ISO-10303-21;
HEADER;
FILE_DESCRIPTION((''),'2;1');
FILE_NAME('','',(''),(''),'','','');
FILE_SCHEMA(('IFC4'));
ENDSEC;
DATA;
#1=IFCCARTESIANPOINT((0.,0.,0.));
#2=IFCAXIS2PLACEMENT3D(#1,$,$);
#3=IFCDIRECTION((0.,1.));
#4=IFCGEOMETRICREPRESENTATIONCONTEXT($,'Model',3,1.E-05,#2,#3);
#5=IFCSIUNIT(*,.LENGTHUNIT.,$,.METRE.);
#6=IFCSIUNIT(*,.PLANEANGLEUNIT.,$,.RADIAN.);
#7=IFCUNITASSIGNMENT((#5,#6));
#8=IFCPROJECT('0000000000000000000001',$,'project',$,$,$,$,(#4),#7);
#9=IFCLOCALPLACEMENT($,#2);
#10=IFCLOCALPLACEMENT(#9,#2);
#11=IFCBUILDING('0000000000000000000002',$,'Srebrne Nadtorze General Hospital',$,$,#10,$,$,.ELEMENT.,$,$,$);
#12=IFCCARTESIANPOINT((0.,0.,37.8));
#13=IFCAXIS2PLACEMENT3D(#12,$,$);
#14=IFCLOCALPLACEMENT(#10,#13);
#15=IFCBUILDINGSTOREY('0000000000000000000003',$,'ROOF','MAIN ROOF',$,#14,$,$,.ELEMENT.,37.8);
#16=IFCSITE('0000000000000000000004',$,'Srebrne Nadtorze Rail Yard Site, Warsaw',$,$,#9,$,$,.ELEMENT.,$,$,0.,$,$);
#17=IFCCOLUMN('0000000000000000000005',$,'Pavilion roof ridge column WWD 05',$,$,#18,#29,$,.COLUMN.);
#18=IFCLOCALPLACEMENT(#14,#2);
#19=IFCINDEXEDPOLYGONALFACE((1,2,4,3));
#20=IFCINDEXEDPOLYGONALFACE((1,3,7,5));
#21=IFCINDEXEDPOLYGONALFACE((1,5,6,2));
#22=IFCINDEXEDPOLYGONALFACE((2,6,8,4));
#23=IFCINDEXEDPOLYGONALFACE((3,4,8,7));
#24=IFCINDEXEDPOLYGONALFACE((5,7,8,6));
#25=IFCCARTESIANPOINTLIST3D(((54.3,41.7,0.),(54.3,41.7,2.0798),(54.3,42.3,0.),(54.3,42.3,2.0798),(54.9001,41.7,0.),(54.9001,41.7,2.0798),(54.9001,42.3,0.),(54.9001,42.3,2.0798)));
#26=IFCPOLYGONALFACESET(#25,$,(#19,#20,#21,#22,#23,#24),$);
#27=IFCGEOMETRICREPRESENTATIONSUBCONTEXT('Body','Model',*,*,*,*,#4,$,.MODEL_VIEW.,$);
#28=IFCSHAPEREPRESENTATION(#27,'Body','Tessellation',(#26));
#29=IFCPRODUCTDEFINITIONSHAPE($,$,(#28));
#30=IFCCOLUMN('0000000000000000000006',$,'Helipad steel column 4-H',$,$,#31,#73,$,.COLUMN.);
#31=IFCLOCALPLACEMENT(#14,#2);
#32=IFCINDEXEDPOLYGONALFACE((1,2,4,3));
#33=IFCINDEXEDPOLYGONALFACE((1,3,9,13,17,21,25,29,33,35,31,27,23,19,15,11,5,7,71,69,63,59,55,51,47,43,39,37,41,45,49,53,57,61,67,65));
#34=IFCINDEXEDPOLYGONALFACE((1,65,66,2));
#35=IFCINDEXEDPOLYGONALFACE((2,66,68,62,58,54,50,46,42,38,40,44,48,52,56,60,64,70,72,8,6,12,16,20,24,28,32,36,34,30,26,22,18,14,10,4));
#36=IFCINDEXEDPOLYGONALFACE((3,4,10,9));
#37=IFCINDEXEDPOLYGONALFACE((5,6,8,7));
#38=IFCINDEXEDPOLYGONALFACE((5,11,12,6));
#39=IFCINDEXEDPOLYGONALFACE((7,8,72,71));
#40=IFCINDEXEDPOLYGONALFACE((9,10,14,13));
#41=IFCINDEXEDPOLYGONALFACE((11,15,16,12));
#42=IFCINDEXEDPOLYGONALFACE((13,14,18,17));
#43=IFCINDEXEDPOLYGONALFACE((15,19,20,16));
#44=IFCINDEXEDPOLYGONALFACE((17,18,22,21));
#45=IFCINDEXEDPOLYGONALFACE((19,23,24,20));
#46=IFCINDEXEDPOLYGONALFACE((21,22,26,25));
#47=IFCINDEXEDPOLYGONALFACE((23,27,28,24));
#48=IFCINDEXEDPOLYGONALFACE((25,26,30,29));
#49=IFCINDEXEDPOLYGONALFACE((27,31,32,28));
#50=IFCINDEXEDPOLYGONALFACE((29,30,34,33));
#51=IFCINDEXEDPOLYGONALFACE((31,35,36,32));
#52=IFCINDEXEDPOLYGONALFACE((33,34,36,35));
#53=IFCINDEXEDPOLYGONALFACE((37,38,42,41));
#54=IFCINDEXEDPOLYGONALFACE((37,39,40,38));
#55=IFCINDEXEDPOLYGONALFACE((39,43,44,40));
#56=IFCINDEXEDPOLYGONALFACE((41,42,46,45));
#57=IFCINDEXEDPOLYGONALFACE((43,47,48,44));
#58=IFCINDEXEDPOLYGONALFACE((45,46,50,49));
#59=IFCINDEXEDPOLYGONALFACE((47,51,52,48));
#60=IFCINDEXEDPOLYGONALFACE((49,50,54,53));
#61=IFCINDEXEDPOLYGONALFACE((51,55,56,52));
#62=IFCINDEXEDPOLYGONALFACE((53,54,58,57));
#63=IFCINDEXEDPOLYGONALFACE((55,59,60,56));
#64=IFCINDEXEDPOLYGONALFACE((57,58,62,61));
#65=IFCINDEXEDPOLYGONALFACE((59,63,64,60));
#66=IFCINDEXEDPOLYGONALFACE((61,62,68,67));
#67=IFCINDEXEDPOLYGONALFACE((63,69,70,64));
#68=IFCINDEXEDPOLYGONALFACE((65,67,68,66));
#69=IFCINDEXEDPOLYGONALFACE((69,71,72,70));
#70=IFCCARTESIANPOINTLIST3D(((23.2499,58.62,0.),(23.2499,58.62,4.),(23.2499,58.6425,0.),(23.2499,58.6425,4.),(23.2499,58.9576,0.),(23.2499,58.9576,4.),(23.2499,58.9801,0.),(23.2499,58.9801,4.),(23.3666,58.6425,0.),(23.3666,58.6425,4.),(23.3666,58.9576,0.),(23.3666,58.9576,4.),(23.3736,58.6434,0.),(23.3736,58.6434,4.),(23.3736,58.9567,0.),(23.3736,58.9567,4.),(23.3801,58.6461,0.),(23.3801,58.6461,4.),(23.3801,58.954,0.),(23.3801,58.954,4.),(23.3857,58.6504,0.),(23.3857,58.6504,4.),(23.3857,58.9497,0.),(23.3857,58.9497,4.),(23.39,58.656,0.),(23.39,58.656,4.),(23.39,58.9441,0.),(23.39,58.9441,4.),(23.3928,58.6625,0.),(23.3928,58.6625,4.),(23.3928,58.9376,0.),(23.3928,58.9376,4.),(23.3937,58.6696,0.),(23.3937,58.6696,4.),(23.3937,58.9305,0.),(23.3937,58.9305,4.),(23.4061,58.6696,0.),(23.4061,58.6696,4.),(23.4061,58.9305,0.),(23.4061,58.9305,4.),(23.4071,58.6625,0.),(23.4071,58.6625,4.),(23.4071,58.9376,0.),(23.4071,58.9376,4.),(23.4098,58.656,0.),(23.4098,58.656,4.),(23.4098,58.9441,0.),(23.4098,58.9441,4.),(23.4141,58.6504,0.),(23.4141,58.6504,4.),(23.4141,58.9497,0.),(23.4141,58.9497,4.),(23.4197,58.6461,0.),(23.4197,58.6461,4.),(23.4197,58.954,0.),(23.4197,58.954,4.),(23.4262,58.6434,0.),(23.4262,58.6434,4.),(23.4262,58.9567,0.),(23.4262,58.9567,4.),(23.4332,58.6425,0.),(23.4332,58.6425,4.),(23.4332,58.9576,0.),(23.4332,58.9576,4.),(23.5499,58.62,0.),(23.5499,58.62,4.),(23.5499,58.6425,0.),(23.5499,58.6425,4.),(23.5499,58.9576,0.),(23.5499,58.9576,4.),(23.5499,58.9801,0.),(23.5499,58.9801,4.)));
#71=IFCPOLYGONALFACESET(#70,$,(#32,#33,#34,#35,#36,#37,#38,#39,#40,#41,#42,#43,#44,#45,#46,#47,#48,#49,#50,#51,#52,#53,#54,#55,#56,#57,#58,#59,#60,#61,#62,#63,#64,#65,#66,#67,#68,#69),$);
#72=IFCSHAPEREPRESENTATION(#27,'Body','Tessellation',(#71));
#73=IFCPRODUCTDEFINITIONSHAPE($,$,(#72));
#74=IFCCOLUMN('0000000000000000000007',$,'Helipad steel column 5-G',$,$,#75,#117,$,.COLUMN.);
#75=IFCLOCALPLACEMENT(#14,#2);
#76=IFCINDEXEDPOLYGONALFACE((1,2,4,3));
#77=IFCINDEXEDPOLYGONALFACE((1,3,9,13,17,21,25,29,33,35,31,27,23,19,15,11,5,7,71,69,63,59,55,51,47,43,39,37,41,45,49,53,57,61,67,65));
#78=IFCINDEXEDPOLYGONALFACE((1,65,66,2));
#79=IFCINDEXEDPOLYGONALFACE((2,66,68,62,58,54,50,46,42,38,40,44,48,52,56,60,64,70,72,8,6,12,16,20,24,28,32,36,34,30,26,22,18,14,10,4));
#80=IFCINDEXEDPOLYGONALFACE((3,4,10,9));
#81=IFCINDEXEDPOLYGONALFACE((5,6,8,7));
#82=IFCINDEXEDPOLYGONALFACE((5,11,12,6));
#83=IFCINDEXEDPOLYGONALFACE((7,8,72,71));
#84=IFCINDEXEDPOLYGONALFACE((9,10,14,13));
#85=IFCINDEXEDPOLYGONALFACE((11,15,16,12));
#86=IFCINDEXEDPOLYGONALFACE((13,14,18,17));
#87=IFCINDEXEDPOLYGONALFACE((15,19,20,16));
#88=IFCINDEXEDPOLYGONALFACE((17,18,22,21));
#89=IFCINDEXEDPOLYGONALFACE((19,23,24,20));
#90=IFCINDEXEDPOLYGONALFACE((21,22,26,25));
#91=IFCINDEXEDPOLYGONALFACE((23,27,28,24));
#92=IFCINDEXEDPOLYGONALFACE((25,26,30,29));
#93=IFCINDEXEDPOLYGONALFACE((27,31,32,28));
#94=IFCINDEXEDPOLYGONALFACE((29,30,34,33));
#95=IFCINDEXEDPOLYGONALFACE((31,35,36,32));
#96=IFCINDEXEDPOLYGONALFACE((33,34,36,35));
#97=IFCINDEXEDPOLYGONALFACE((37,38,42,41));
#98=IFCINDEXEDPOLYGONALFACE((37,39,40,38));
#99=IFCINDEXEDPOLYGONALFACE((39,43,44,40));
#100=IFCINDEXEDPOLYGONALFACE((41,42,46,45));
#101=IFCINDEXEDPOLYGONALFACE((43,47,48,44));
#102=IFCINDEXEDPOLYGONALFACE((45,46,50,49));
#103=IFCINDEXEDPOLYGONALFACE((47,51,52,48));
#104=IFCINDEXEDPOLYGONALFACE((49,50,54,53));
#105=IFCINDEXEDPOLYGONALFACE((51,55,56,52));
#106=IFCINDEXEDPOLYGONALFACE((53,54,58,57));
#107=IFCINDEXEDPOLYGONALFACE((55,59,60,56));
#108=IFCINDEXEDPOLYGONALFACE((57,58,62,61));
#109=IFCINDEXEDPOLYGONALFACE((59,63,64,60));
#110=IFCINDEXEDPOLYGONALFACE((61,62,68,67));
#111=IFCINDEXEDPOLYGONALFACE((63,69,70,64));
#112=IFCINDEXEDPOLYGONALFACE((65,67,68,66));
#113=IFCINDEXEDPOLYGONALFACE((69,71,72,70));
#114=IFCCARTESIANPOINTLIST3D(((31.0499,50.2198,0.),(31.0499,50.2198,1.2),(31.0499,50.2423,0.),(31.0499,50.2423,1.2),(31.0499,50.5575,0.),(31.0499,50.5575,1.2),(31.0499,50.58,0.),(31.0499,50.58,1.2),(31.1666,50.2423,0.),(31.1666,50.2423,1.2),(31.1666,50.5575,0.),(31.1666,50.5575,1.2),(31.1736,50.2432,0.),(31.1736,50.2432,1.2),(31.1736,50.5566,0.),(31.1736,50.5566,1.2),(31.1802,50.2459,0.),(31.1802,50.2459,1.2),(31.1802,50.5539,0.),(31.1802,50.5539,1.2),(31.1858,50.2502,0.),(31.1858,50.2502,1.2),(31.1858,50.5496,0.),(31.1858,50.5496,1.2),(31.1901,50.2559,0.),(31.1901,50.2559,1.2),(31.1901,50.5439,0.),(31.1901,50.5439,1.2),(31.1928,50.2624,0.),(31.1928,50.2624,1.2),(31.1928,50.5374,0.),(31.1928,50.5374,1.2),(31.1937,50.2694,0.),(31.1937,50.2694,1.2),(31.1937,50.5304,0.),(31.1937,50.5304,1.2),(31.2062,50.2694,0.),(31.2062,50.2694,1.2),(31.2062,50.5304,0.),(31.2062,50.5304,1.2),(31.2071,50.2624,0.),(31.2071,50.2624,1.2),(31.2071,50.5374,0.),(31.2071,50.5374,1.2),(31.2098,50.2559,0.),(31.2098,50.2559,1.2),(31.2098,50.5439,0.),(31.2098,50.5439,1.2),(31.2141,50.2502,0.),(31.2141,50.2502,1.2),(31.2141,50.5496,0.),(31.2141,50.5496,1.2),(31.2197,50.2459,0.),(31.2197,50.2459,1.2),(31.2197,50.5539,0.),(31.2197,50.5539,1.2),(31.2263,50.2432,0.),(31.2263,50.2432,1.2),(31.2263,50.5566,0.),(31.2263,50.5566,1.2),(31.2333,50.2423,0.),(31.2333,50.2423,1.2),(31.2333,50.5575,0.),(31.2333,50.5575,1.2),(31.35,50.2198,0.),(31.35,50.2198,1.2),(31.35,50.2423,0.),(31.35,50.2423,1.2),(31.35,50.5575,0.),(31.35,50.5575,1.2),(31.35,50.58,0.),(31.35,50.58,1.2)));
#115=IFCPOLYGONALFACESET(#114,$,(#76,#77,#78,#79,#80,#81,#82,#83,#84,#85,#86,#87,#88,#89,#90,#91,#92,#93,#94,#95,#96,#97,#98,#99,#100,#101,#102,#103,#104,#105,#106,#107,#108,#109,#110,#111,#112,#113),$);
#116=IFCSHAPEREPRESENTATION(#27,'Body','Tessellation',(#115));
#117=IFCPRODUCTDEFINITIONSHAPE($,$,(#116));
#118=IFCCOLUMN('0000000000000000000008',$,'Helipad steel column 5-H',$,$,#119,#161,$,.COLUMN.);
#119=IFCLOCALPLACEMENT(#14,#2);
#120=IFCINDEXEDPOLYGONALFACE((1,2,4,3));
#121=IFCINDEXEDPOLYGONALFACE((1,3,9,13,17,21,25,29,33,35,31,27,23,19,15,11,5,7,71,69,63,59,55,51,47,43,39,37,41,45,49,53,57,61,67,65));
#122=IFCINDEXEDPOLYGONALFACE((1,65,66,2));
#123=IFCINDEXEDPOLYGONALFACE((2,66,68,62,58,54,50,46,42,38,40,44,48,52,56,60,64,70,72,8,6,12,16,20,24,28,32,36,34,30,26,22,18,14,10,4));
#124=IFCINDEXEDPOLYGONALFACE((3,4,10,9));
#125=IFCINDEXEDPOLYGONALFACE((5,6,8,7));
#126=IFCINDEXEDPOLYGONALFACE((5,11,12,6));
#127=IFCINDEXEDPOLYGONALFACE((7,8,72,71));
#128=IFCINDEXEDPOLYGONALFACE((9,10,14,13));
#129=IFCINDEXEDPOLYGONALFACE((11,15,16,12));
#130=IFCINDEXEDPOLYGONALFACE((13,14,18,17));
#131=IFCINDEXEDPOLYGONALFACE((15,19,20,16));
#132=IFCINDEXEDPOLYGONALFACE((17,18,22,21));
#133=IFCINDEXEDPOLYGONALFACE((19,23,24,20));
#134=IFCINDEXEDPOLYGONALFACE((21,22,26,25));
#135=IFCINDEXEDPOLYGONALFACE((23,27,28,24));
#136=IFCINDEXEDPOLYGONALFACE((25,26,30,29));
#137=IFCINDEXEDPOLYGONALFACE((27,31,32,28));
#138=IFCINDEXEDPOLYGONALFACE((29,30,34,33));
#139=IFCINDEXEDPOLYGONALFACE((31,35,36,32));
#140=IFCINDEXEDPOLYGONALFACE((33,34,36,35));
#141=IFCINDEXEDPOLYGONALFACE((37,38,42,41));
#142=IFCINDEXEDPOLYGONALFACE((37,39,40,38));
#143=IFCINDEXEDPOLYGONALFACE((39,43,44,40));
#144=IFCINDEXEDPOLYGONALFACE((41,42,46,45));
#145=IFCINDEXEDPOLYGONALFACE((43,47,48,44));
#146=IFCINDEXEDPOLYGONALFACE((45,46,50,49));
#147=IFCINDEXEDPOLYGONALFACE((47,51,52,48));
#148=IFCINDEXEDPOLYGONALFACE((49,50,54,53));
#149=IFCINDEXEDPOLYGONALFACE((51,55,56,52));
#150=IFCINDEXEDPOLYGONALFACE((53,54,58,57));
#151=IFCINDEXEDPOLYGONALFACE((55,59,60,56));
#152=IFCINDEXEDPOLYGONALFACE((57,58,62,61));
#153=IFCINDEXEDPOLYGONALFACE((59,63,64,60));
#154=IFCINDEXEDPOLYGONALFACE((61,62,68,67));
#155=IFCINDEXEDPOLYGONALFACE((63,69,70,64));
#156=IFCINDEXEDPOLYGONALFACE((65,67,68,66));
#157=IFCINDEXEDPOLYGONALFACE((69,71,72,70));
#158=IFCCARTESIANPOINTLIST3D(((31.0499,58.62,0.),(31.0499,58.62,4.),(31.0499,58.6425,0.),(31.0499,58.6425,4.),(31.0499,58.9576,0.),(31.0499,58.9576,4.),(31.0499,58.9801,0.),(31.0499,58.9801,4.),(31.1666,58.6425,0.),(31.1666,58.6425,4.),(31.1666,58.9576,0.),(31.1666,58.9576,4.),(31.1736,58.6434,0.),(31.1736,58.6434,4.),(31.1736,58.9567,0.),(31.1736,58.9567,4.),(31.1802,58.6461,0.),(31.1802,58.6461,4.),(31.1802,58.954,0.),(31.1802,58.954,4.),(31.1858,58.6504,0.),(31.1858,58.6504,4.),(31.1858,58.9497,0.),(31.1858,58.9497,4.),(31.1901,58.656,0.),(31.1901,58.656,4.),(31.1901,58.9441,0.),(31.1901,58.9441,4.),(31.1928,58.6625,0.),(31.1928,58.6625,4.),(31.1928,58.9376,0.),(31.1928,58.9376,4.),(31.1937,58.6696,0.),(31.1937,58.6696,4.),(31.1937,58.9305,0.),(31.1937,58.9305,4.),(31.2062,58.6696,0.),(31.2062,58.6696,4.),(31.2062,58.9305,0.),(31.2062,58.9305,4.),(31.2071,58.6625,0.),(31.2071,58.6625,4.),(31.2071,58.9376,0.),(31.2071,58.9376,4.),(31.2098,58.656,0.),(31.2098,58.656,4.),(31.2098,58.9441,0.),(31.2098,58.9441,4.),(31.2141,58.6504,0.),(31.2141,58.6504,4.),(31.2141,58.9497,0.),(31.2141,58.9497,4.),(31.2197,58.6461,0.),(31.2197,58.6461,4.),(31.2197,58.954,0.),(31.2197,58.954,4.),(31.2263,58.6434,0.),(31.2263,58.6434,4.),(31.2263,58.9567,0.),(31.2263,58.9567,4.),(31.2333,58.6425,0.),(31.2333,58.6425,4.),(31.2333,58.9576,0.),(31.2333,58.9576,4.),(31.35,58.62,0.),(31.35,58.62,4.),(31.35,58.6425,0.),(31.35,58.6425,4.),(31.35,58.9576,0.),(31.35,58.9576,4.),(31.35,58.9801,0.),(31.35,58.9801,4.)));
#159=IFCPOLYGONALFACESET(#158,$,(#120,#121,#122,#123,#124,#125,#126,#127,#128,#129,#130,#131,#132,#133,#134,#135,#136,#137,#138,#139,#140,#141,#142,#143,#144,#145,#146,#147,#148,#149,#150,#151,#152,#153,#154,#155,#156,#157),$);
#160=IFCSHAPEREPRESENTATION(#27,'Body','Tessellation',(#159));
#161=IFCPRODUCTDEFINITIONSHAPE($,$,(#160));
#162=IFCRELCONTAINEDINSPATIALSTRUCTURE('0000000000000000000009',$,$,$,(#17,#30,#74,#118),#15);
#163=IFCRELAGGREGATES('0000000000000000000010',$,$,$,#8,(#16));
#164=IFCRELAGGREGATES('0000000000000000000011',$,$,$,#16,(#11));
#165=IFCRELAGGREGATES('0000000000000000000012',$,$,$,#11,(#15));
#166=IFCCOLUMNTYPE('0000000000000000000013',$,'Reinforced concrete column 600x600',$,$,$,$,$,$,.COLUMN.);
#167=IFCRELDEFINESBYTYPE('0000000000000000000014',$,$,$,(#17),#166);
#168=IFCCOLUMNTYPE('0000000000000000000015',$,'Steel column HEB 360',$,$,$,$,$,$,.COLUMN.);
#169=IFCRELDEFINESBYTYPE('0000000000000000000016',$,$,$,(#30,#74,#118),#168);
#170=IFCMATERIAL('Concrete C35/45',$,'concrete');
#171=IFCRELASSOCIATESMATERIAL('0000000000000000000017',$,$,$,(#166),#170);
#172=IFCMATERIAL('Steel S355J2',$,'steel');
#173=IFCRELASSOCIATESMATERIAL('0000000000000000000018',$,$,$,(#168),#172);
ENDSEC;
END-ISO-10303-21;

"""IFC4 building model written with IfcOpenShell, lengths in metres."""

from ifc_helpers import new_model, si_unit, direction, frame, origin, origin_2d, place, context, subcontext, project, spatial, rectangle, i_section, extrude, material, material_profile, profile_set, type_object, element, save


model = new_model("IFC4")

# Units and contexts
model_context = context("Model", 3, precision=1e-05, world=origin(), true_north=direction((0.0, 1.0)))
body_context = subcontext(model_context, "Body", "Model", "MODEL_VIEW")
ifc_project = project(units=[si_unit("LENGTHUNIT", "METRE"), si_unit("PLANEANGLEUNIT", "RADIAN")], contexts=[model_context])

# Site, building, storey
site_placement = place(None, origin())
site = spatial("IfcSite", under=ifc_project, at=site_placement, Name="Srebrne Nadtorze Rail Yard Site, Warsaw", CompositionType="ELEMENT", RefElevation=0.0)
building_placement = place(site_placement, origin())
building = spatial("IfcBuilding", under=site, at=building_placement, Name="Srebrne Nadtorze General Hospital", CompositionType="ELEMENT")
storey_placement = place(building_placement, frame((0.0, 0.0, 37.8)))
storey = spatial("IfcBuildingStorey", under=building, at=storey_placement, Name="ROOF", Description="MAIN ROOF", CompositionType="ELEMENT", Elevation=37.8)

# Columns
ifc_material_1 = material(Name="Concrete C35/45", Category="concrete")
ifc_material_profile_1 = material_profile(ifc_material_1, rectangle(XDim=0.6001, YDim=0.6001, at=origin_2d()), Name="RC-COL-600x600")
ifc_profile_set_1 = profile_set([ifc_material_profile_1], Name="Concrete C35/45")
column_type_1 = type_object("IfcColumnType", Name="Reinforced concrete column 600x600", PredefinedType="COLUMN", material=ifc_profile_set_1)
column_1_placement = place(storey_placement, frame((54.6001, 42.0, 0.0), z_axis=(0.0, 0.0, 1.0), x_axis=(1.0, 0.0, 0.0)))
element("IfcColumn", 1, at=column_1_placement, inside=storey, type_object=column_type_1, Name="Pavilion roof ridge column WWD 05", PredefinedType="COLUMN", context=body_context, shape_type="SweptSolid", body=[
    extrude(rectangle(XDim=0.6001, YDim=0.6001, at=origin_2d()), origin(), (0.0, 0.0, 1.0), 2.0798),
])
ifc_material_2 = material(Name="Steel S355J2", Category="steel")
ifc_material_profile_2 = material_profile(ifc_material_2, i_section(OverallWidth=0.3, OverallDepth=0.3601, WebThickness=0.0125, FlangeThickness=0.0225, FilletRadius=0.0271, at=origin_2d()), Name="HEB-360")
ifc_profile_set_2 = profile_set([ifc_material_profile_2], Name="Steel S355J2")
column_type_2 = type_object("IfcColumnType", Name="Steel column HEB 360", PredefinedType="COLUMN", material=ifc_profile_set_2)
column_2_placement = place(storey_placement, frame((23.3999, 58.8, 0.0), z_axis=(0.0, 0.0, 1.0), x_axis=(1.0, 0.0, 0.0)))
element("IfcColumn", 2, at=column_2_placement, inside=storey, type_object=column_type_2, Name="Helipad steel column 4-H", PredefinedType="COLUMN", context=body_context, shape_type="SweptSolid", body=[
    extrude(i_section(OverallWidth=0.3, OverallDepth=0.3601, WebThickness=0.0125, FlangeThickness=0.0225, FilletRadius=0.0271, at=origin_2d()), origin(), (0.0, 0.0, 1.0), 4.0),
])
column_3_placement = place(storey_placement, frame((31.2, 50.3999, 0.0), z_axis=(0.0, 0.0, 1.0), x_axis=(1.0, 0.0, 0.0)))
element("IfcColumn", 3, at=column_3_placement, inside=storey, type_object=column_type_2, Name="Helipad steel column 5-G", PredefinedType="COLUMN", context=body_context, shape_type="SweptSolid", body=[
    extrude(i_section(OverallWidth=0.3, OverallDepth=0.3601, WebThickness=0.0125, FlangeThickness=0.0225, FilletRadius=0.0271, at=origin_2d()), origin(), (0.0, 0.0, 1.0), 1.2),
])
column_4_placement = place(storey_placement, frame((31.2, 58.8, 0.0), z_axis=(0.0, 0.0, 1.0), x_axis=(1.0, 0.0, 0.0)))
element("IfcColumn", 4, at=column_4_placement, inside=storey, type_object=column_type_2, Name="Helipad steel column 5-H", PredefinedType="COLUMN", context=body_context, shape_type="SweptSolid", body=[
    extrude(i_section(OverallWidth=0.3, OverallDepth=0.3601, WebThickness=0.0125, FlangeThickness=0.0225, FilletRadius=0.0271, at=origin_2d()), origin(), (0.0, 0.0, 1.0), 4.0),
])

save(model, "model.ifc")
